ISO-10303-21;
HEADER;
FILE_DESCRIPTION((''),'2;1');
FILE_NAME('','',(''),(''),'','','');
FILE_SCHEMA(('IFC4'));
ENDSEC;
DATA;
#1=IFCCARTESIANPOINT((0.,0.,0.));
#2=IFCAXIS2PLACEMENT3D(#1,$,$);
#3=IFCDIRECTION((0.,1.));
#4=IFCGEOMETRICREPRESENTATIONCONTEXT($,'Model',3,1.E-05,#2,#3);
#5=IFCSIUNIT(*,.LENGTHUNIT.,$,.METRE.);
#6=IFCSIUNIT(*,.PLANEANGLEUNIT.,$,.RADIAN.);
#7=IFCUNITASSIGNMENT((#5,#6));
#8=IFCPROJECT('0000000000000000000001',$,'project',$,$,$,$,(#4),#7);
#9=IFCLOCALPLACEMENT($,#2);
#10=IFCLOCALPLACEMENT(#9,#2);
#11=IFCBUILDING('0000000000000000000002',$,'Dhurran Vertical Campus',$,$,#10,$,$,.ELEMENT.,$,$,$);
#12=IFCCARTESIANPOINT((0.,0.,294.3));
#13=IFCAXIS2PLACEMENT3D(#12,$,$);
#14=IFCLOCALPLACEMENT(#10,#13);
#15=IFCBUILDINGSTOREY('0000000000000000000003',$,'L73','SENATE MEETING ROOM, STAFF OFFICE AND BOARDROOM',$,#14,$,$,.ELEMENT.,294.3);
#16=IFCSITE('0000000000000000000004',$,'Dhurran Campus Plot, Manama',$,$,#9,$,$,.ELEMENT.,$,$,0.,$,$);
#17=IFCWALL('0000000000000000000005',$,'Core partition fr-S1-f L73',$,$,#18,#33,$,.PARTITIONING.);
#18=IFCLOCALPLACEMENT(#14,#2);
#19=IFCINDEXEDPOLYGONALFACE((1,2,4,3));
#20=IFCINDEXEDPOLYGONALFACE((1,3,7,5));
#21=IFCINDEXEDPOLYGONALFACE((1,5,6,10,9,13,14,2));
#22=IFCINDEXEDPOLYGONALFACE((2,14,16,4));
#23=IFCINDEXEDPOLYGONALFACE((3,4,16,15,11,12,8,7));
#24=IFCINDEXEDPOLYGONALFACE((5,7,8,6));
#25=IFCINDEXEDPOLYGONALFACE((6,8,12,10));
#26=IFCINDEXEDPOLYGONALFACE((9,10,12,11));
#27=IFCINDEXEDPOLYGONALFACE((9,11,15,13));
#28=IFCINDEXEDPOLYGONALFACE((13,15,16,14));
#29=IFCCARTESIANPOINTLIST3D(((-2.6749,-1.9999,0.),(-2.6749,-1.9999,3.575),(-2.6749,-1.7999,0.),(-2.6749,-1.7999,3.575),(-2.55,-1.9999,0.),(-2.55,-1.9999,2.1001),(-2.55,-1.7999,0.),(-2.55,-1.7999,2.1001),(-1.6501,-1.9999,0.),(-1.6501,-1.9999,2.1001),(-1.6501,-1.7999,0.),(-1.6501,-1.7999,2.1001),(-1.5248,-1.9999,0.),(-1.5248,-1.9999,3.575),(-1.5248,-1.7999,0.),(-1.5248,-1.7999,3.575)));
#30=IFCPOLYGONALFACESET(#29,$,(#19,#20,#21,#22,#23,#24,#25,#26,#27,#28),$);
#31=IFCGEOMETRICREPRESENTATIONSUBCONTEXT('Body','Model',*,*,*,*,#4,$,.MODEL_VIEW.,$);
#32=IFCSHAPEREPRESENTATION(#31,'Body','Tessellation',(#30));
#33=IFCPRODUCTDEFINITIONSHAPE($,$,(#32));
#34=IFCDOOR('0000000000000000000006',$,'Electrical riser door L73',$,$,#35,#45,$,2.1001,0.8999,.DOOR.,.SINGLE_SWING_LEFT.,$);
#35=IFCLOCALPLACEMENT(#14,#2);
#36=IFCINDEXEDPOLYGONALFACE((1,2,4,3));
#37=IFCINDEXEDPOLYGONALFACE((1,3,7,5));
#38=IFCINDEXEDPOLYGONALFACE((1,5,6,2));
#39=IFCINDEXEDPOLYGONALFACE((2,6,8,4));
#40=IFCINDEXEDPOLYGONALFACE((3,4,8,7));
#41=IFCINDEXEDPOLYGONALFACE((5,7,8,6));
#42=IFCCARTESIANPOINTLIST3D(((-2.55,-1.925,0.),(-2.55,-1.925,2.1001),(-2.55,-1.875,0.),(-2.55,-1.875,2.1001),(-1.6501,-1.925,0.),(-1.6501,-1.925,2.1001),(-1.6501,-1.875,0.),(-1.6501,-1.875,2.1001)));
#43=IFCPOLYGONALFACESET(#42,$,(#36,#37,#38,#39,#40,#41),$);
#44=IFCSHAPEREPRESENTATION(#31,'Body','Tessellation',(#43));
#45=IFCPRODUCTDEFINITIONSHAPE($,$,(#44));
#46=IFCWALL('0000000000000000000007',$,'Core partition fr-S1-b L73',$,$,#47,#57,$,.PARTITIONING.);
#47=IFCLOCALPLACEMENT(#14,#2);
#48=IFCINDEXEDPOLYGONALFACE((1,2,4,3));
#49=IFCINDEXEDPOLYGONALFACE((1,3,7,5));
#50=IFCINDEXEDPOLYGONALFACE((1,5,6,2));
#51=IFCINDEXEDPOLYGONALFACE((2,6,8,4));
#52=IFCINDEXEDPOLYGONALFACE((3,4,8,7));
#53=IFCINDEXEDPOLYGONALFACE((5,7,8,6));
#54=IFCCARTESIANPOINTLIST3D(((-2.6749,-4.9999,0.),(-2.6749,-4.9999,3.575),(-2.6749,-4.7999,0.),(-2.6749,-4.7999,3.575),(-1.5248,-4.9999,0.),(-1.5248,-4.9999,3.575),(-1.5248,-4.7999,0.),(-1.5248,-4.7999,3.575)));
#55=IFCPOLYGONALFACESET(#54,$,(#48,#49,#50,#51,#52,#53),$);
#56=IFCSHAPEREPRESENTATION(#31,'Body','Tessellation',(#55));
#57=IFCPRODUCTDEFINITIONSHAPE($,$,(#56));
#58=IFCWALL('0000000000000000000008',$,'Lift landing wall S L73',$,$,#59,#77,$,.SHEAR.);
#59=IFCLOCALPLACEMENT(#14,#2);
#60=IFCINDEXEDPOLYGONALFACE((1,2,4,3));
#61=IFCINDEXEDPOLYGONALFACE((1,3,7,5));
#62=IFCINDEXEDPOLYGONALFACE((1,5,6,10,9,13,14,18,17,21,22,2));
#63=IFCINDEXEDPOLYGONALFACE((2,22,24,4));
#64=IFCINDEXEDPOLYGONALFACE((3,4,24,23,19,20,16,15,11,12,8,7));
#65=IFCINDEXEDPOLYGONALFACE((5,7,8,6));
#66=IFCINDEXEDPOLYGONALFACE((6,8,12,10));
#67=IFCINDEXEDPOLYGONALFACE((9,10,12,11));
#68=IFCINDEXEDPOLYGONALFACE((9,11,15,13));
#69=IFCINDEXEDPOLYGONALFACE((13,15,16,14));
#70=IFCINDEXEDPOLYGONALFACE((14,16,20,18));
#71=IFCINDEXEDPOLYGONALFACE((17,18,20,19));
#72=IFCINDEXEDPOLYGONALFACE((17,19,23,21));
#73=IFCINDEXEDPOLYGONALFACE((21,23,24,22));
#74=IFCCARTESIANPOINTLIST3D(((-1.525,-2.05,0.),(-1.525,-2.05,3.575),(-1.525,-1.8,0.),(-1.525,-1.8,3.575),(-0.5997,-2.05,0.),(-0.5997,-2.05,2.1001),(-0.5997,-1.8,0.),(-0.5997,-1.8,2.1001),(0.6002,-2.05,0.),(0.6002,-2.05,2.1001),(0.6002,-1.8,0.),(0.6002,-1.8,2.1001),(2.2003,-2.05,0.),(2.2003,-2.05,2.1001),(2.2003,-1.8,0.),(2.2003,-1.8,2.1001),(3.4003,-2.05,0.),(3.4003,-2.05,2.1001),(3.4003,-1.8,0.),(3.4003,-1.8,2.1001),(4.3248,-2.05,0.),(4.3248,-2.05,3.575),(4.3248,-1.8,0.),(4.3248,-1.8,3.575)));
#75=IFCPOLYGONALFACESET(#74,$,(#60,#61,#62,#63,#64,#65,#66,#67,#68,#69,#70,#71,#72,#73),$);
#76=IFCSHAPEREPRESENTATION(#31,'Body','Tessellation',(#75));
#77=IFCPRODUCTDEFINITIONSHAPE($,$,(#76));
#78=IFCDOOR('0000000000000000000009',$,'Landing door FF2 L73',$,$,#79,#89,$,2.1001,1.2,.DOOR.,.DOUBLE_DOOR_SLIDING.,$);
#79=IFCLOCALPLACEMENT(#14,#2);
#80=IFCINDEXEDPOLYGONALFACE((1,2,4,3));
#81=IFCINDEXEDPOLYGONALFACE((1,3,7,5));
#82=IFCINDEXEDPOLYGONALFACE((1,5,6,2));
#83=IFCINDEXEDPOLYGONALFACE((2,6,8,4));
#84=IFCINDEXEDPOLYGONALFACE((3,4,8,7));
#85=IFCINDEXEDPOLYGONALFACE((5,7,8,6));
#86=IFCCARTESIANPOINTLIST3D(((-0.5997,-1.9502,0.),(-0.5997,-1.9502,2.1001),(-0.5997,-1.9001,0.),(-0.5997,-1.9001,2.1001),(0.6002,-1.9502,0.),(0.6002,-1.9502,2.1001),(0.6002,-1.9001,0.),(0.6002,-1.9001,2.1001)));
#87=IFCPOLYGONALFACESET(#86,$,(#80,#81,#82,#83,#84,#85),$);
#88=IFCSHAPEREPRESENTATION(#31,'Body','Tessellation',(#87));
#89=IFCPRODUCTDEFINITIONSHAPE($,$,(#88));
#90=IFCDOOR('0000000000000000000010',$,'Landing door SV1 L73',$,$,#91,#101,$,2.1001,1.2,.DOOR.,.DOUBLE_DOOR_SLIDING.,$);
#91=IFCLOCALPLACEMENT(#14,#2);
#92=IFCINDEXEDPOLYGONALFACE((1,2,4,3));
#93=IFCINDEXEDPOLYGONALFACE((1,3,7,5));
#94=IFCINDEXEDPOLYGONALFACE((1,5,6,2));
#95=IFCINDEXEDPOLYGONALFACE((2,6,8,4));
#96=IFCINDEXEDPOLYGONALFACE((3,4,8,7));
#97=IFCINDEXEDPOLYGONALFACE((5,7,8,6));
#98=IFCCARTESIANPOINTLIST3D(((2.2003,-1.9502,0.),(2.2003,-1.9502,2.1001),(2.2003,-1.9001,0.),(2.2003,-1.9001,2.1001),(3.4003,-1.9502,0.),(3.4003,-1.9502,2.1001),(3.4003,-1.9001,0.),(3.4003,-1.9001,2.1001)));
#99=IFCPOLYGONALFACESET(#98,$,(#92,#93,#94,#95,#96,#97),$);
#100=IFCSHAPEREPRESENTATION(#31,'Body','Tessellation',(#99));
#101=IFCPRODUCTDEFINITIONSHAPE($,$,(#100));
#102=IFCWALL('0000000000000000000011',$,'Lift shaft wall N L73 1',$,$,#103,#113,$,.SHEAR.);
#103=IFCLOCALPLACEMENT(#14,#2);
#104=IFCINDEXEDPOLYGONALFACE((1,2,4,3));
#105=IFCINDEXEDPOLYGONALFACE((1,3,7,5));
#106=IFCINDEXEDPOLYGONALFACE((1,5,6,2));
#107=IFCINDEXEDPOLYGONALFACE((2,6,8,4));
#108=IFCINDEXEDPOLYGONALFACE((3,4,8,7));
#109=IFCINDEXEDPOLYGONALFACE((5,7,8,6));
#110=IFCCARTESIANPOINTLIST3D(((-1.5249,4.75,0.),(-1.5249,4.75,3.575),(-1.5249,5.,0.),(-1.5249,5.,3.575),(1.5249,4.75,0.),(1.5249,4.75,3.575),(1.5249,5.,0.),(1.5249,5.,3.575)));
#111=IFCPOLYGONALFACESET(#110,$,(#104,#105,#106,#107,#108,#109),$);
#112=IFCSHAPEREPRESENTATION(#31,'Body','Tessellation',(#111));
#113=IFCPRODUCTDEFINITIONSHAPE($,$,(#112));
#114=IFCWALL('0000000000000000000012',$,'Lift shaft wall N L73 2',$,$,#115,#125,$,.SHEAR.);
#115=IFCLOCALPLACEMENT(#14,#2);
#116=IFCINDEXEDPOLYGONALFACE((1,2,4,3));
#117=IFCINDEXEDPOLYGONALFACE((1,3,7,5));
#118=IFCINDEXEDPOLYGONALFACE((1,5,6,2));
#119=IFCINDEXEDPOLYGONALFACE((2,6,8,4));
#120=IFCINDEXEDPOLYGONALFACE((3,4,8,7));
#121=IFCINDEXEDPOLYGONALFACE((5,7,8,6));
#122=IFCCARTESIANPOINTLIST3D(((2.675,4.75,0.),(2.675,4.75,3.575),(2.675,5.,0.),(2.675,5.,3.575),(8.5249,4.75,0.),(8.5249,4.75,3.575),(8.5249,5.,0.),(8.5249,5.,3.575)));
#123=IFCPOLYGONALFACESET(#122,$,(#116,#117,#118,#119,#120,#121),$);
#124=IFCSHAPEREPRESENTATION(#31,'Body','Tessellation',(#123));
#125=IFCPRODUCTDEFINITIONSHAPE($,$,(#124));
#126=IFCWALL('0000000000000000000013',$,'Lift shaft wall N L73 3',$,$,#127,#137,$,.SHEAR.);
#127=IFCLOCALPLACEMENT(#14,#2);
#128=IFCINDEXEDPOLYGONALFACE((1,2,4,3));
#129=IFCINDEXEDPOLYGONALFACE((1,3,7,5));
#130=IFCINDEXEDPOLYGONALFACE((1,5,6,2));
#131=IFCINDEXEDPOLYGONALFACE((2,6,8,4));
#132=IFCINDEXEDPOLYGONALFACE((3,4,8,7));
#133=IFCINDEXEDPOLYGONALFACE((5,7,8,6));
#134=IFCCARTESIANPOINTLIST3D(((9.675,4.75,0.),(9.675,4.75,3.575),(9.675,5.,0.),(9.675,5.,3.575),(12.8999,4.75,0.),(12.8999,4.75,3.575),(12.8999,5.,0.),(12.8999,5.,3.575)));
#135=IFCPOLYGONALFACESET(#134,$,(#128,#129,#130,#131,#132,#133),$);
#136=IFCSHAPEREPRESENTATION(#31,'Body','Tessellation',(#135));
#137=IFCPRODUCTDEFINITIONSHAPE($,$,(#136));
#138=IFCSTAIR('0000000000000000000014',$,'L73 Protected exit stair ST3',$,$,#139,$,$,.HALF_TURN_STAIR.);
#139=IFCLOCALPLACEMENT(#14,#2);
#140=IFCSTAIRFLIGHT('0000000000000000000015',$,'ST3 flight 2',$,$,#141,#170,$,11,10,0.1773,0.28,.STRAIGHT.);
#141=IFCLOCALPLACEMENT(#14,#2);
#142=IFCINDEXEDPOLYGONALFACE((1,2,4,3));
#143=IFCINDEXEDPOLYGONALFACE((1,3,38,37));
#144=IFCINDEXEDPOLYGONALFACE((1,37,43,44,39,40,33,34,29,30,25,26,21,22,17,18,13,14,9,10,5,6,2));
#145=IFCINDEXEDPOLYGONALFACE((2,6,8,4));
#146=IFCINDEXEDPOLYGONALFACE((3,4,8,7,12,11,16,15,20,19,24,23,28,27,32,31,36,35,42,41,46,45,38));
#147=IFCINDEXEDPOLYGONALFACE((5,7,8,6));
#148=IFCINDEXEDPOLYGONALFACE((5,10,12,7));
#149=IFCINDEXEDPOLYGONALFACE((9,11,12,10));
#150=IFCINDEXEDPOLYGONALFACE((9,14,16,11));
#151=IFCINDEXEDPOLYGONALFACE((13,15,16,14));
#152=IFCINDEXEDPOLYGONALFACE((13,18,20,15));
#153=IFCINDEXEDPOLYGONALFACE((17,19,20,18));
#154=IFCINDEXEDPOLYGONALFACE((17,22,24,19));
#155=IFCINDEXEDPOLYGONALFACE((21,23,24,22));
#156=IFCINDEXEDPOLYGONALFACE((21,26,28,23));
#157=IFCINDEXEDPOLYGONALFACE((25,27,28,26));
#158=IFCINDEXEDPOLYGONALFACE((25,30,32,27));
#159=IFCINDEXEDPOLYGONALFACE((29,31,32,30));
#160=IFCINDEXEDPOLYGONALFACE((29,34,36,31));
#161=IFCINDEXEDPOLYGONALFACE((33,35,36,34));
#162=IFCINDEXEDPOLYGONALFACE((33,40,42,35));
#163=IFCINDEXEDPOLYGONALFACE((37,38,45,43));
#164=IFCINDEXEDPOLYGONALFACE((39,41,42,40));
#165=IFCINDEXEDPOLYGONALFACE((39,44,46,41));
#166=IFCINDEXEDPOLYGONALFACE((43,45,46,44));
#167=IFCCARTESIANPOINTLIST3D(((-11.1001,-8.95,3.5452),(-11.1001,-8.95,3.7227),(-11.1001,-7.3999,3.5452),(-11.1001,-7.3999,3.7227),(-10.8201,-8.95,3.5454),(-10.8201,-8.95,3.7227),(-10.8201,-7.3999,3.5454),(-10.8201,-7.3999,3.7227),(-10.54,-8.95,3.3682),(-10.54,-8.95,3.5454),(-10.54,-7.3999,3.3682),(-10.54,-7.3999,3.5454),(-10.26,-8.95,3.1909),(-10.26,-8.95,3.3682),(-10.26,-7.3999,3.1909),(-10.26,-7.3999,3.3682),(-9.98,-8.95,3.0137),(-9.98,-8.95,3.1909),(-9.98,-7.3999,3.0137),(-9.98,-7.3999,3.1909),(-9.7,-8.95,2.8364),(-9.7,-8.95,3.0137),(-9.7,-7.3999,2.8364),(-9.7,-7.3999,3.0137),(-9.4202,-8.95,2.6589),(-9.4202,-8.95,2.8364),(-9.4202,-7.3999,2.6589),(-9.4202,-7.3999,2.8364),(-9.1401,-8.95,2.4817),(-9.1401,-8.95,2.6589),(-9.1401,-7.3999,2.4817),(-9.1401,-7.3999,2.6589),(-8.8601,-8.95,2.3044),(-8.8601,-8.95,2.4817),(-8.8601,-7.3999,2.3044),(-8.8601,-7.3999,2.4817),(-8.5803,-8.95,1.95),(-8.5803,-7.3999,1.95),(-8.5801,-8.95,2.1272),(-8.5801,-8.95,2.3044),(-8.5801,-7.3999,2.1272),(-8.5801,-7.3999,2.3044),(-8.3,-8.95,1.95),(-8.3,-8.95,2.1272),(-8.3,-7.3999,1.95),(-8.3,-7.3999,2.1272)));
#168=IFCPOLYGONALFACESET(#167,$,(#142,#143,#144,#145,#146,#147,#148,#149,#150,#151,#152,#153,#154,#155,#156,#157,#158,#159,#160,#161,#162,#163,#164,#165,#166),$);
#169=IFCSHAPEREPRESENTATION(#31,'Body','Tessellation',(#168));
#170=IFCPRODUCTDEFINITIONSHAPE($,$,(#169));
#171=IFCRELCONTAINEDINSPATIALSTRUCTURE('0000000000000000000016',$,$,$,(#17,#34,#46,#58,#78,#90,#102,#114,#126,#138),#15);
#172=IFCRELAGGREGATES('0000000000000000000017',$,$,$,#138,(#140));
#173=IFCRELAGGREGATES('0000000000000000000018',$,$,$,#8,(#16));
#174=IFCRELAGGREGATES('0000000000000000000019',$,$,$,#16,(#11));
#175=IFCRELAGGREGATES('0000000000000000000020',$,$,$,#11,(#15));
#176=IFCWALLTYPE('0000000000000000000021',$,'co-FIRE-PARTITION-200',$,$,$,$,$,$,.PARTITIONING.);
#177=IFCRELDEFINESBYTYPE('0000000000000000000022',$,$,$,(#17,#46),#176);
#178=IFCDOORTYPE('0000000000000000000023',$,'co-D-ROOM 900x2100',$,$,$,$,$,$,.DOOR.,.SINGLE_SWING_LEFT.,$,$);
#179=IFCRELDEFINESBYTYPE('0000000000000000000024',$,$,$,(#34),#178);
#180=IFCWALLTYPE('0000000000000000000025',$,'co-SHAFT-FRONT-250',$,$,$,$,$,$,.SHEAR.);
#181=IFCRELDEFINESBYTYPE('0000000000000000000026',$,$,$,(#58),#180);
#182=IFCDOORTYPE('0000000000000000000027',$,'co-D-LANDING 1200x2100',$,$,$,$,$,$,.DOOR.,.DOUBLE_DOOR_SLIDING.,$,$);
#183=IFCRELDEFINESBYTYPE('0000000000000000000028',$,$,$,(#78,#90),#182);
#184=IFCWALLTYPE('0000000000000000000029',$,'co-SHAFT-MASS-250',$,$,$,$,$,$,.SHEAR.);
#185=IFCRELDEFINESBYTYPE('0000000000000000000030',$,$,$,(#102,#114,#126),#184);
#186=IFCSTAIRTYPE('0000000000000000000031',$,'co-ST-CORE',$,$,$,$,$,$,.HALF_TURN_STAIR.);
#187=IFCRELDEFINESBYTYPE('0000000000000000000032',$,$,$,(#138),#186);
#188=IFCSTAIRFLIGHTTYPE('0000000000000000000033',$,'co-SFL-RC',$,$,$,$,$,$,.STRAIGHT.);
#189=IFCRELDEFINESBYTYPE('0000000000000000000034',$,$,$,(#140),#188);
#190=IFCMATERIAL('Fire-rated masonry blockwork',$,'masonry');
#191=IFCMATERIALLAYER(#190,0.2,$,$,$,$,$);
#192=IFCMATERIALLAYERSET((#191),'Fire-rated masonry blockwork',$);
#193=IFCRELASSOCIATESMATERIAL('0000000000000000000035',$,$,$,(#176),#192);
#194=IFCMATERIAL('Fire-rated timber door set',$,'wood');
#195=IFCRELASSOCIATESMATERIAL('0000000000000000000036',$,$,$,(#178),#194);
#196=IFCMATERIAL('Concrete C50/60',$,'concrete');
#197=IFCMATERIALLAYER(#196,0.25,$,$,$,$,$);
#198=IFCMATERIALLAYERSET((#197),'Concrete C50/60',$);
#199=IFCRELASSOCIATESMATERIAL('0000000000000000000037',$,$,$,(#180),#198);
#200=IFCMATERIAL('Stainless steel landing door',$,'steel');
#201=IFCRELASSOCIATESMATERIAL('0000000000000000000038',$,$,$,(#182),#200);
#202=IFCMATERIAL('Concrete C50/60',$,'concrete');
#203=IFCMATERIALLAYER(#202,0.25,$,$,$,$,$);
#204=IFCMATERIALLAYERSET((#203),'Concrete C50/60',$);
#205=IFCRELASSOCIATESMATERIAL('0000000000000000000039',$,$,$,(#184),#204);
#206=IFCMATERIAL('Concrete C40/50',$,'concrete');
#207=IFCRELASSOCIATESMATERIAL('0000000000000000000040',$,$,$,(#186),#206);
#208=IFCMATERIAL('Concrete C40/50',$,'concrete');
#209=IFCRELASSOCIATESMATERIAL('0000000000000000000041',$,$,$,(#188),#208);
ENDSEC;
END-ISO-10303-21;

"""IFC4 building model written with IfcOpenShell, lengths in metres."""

from ifc_helpers import new_model, si_unit, direction, frame, frame_2d, origin, place, context, subcontext, project, spatial, polyline, rectangle, outline, extrude, material, layer, layer_set, type_object, element, fill, aggregate, save


model = new_model("IFC4")

# Units and contexts
model_context = context("Model", 3, precision=1e-05, world=origin(), true_north=direction((0.0, 1.0)))
body_context = subcontext(model_context, "Body", "Model", "MODEL_VIEW")
ifc_project = project(units=[si_unit("LENGTHUNIT", "METRE"), si_unit("PLANEANGLEUNIT", "RADIAN")], contexts=[model_context])

# Site, building, storey
site_placement = place(None, origin())
site = spatial("IfcSite", under=ifc_project, at=site_placement, Name="Dhurran Campus Plot, Manama", CompositionType="ELEMENT", RefElevation=0.0)
building_placement = place(site_placement, origin())
building = spatial("IfcBuilding", under=site, at=building_placement, Name="Dhurran Vertical Campus", CompositionType="ELEMENT")
storey_placement = place(building_placement, frame((0.0, 0.0, 294.3)))
storey = spatial("IfcBuildingStorey", under=building, at=storey_placement, Name="L73", Description="SENATE MEETING ROOM, STAFF OFFICE AND BOARDROOM", CompositionType="ELEMENT", Elevation=294.3)

# Shared definitions
ifc_material_1 = material(Name="Fire-rated masonry blockwork", Category="masonry")
ifc_layer_1 = layer(ifc_material_1, 0.2)
ifc_layer_set_1 = layer_set([ifc_layer_1], Name="Fire-rated masonry blockwork")
wall_type_1 = type_object("IfcWallType", Name="co-FIRE-PARTITION-200", PredefinedType="PARTITIONING", material=ifc_layer_set_1)

# Wall, opening, door
wall_1_placement = place(storey_placement, frame((-2.675, -1.8999, 0.0), z_axis=(0.0, 0.0, 1.0), x_axis=(1.0, 0.0, 0.0)))
wall_1 = element("IfcWall", 1, at=wall_1_placement, inside=storey, type_object=wall_type_1, Name="Core partition fr-S1-f L73", PredefinedType="PARTITIONING", context=body_context, shape_type="SweptSolid", body=[
    extrude(rectangle(XDim=1.1501, YDim=0.2, at=frame_2d((0.5752, 0.0))), origin(), (0.0, 0.0, 1.0), 3.575),
])
opening_1_placement = place(wall_1_placement, frame((0.125, 0.0, 0.0)))
opening_1 = element("IfcOpeningElement", 2, at=opening_1_placement, cuts=wall_1, PredefinedType="OPENING", context=body_context, shape_type="SweptSolid", body=[
    extrude(rectangle(XDim=0.8999, YDim=2.1001, at=frame_2d((0.45, 1.05))), frame((0.0, 0.1099, 0.0), z_axis=(0.0, -1.0, 0.0), x_axis=(1.0, 0.0, 0.0)), (0.0, 0.0, 1.0), 0.22),
])
ifc_material_2 = material(Name="Fire-rated timber door set", Category="wood")
door_type_1 = type_object("IfcDoorType", Name="co-D-ROOM 900x2100", OperationType="SINGLE_SWING_LEFT", PredefinedType="DOOR", material=ifc_material_2)
door_1_placement = place(opening_1_placement, origin())
door_1 = element("IfcDoor", 3, at=door_1_placement, inside=storey, type_object=door_type_1, Name="Electrical riser door L73", OperationType="SINGLE_SWING_LEFT", OverallHeight=2.1001, OverallWidth=0.8999, PredefinedType="DOOR", context=body_context, shape_type="SweptSolid", body=[
    extrude(rectangle(XDim=0.8999, YDim=2.1001, at=frame_2d((0.45, 1.05))), frame((0.0, 0.0249, 0.0), z_axis=(0.0, -1.0, 0.0), x_axis=(1.0, 0.0, 0.0)), (0.0, 0.0, 1.0), 0.05),
])
fill(opening_1, door_1)

# Wall
wall_2_placement = place(storey_placement, frame((-2.675, -4.8999, 0.0), z_axis=(0.0, 0.0, 1.0), x_axis=(1.0, 0.0, 0.0)))
element("IfcWall", 4, at=wall_2_placement, inside=storey, type_object=wall_type_1, Name="Core partition fr-S1-b L73", PredefinedType="PARTITIONING", context=body_context, shape_type="SweptSolid", body=[
    extrude(rectangle(XDim=1.1501, YDim=0.2, at=frame_2d((0.5752, 0.0))), origin(), (0.0, 0.0, 1.0), 3.575),
])

# Wall, openings, doors
ifc_material_3 = material(Name="Concrete C50/60", Category="concrete")
ifc_layer_2 = layer(ifc_material_3, 0.25)
ifc_layer_set_2 = layer_set([ifc_layer_2], Name="Concrete C50/60")
wall_type_2 = type_object("IfcWallType", Name="co-SHAFT-FRONT-250", PredefinedType="SHEAR", material=ifc_layer_set_2)
wall_3_placement = place(storey_placement, frame((-1.5249, -1.925, 0.0), z_axis=(0.0, 0.0, 1.0), x_axis=(1.0, 0.0, 0.0)))
wall_3 = element("IfcWall", 5, at=wall_3_placement, inside=storey, type_object=wall_type_2, Name="Lift landing wall S L73", PredefinedType="SHEAR", context=body_context, shape_type="SweptSolid", body=[
    extrude(rectangle(XDim=5.8499, YDim=0.25, at=frame_2d((2.9248, 0.0))), origin(), (0.0, 0.0, 1.0), 3.575),
])
opening_2_placement = place(wall_3_placement, frame((0.925, 0.0, 0.0)))
opening_2 = element("IfcOpeningElement", 6, at=opening_2_placement, cuts=wall_3, PredefinedType="OPENING", context=body_context, shape_type="SweptSolid", body=[
    extrude(rectangle(XDim=1.2, YDim=2.1001, at=frame_2d((0.6001, 1.05))), frame((0.0, 0.135, 0.0), z_axis=(0.0, -1.0, 0.0), x_axis=(1.0, 0.0, 0.0)), (0.0, 0.0, 1.0), 0.27),
])
opening_3_placement = place(wall_3_placement, frame((3.7251, 0.0, 0.0)))
opening_3 = element("IfcOpeningElement", 7, at=opening_3_placement, cuts=wall_3, PredefinedType="OPENING", context=body_context, shape_type="SweptSolid", body=[
    extrude(rectangle(XDim=1.2, YDim=2.1001, at=frame_2d((0.6001, 1.05))), frame((0.0, 0.135, 0.0), z_axis=(0.0, -1.0, 0.0), x_axis=(1.0, 0.0, 0.0)), (0.0, 0.0, 1.0), 0.27),
])
ifc_material_4 = material(Name="Stainless steel landing door", Category="steel")
door_type_2 = type_object("IfcDoorType", Name="co-D-LANDING 1200x2100", OperationType="DOUBLE_DOOR_SLIDING", PredefinedType="DOOR", material=ifc_material_4)
door_2_placement = place(opening_2_placement, origin())
door_2 = element("IfcDoor", 8, at=door_2_placement, inside=storey, type_object=door_type_2, Name="Landing door FF2 L73", OperationType="DOUBLE_DOOR_SLIDING", OverallHeight=2.1001, OverallWidth=1.2, PredefinedType="DOOR", context=body_context, shape_type="SweptSolid", body=[
    extrude(rectangle(XDim=1.2, YDim=2.1001, at=frame_2d((0.6001, 1.05))), frame((0.0, 0.0249, 0.0), z_axis=(0.0, -1.0, 0.0), x_axis=(1.0, 0.0, 0.0)), (0.0, 0.0, 1.0), 0.05),
])
fill(opening_2, door_2)
door_3_placement = place(opening_3_placement, origin())
door_3 = element("IfcDoor", 9, at=door_3_placement, inside=storey, type_object=door_type_2, Name="Landing door SV1 L73", OperationType="DOUBLE_DOOR_SLIDING", OverallHeight=2.1001, OverallWidth=1.2, PredefinedType="DOOR", context=body_context, shape_type="SweptSolid", body=[
    extrude(rectangle(XDim=1.2, YDim=2.1001, at=frame_2d((0.6001, 1.05))), frame((0.0, 0.0249, 0.0), z_axis=(0.0, -1.0, 0.0), x_axis=(1.0, 0.0, 0.0)), (0.0, 0.0, 1.0), 0.05),
])
fill(opening_3, door_3)

# Walls
ifc_material_5 = material(Name="Concrete C50/60", Category="concrete")
ifc_layer_3 = layer(ifc_material_5, 0.25)
ifc_layer_set_3 = layer_set([ifc_layer_3], Name="Concrete C50/60")
wall_type_3 = type_object("IfcWallType", Name="co-SHAFT-MASS-250", PredefinedType="SHEAR", material=ifc_layer_set_3)
wall_4_placement = place(storey_placement, origin())
element("IfcWall", 10, at=wall_4_placement, inside=storey, type_object=wall_type_3, Name="Lift shaft wall N L73 1", PredefinedType="SHEAR", context=body_context, shape_type="SweptSolid", body=[
    extrude(outline(polyline([(-1.5249, 4.75), (1.5249, 4.75), (1.5249, 5.0), (-1.5249, 5.0), (-1.5249, 4.75)])), origin(), (0.0, 0.0, 1.0), 3.575),
])
wall_5_placement = place(storey_placement, origin())
element("IfcWall", 11, at=wall_5_placement, inside=storey, type_object=wall_type_3, Name="Lift shaft wall N L73 2", PredefinedType="SHEAR", context=body_context, shape_type="SweptSolid", body=[
    extrude(outline(polyline([(2.675, 4.75), (8.5249, 4.75), (8.5249, 5.0), (2.675, 5.0), (2.675, 4.75)])), origin(), (0.0, 0.0, 1.0), 3.575),
])
wall_6_placement = place(storey_placement, origin())
element("IfcWall", 12, at=wall_6_placement, inside=storey, type_object=wall_type_3, Name="Lift shaft wall N L73 3", PredefinedType="SHEAR", context=body_context, shape_type="SweptSolid", body=[
    extrude(outline(polyline([(9.675, 4.75), (12.8999, 4.75), (12.8999, 5.0), (9.675, 5.0), (9.675, 4.75)])), origin(), (0.0, 0.0, 1.0), 3.575),
])

# Stair, stair flight
ifc_material_6 = material(Name="Concrete C40/50", Category="concrete")
stair_type = type_object("IfcStairType", Name="co-ST-CORE", PredefinedType="HALF_TURN_STAIR", material=ifc_material_6)
stair_placement = place(storey_placement, origin())
stair = element("IfcStair", 13, at=stair_placement, inside=storey, type_object=stair_type, Name="L73 Protected exit stair ST3", PredefinedType="HALF_TURN_STAIR")
ifc_material_7 = material(Name="Concrete C40/50", Category="concrete")
stair_flight_type = type_object("IfcStairFlightType", Name="co-SFL-RC", PredefinedType="STRAIGHT", material=ifc_material_7)
stair_flight_placement = place(storey_placement, frame((-8.3, -8.175, 1.95), z_axis=(0.0, 0.0, 1.0), x_axis=(-1.0, 0.0, 0.0)))
stair_flight = element("IfcStairFlight", 14, at=stair_flight_placement, type_object=stair_flight_type, Name="ST3 flight 2", NumberOfRisers=11, NumberOfTreads=10, PredefinedType="STRAIGHT", RiserHeight=0.1773, TreadLength=0.28, context=body_context, shape_type="SweptSolid", body=[
    extrude(outline(polyline([(0.0, 0.0), (0.0, 0.1772), (0.28, 0.1772), (0.28, 0.3545), (0.5601, 0.3545), (0.5601, 0.5317), (0.8401, 0.5317), (0.8401, 0.709), (1.1201, 0.709), (1.1201, 0.8865), (1.3999, 0.8865), (1.3999, 1.0637), (1.6799, 1.0637), (1.6799, 1.241), (1.96, 1.241), (1.96, 1.4182), (2.24, 1.4182), (2.24, 1.5955), (2.52, 1.5955), (2.52, 1.7727), (2.8, 1.7727), (2.8, 1.95), (2.8, 1.5952), (0.2803, 0.0), (0.0, 0.0)])), frame((0.0, 0.7749, 0.0), z_axis=(0.0, -1.0, 0.0), x_axis=(1.0, 0.0, 0.0)), (0.0, 0.0, 1.0), 1.55),
])
aggregate(stair, [stair_flight])

save(model, "model.ifc")
